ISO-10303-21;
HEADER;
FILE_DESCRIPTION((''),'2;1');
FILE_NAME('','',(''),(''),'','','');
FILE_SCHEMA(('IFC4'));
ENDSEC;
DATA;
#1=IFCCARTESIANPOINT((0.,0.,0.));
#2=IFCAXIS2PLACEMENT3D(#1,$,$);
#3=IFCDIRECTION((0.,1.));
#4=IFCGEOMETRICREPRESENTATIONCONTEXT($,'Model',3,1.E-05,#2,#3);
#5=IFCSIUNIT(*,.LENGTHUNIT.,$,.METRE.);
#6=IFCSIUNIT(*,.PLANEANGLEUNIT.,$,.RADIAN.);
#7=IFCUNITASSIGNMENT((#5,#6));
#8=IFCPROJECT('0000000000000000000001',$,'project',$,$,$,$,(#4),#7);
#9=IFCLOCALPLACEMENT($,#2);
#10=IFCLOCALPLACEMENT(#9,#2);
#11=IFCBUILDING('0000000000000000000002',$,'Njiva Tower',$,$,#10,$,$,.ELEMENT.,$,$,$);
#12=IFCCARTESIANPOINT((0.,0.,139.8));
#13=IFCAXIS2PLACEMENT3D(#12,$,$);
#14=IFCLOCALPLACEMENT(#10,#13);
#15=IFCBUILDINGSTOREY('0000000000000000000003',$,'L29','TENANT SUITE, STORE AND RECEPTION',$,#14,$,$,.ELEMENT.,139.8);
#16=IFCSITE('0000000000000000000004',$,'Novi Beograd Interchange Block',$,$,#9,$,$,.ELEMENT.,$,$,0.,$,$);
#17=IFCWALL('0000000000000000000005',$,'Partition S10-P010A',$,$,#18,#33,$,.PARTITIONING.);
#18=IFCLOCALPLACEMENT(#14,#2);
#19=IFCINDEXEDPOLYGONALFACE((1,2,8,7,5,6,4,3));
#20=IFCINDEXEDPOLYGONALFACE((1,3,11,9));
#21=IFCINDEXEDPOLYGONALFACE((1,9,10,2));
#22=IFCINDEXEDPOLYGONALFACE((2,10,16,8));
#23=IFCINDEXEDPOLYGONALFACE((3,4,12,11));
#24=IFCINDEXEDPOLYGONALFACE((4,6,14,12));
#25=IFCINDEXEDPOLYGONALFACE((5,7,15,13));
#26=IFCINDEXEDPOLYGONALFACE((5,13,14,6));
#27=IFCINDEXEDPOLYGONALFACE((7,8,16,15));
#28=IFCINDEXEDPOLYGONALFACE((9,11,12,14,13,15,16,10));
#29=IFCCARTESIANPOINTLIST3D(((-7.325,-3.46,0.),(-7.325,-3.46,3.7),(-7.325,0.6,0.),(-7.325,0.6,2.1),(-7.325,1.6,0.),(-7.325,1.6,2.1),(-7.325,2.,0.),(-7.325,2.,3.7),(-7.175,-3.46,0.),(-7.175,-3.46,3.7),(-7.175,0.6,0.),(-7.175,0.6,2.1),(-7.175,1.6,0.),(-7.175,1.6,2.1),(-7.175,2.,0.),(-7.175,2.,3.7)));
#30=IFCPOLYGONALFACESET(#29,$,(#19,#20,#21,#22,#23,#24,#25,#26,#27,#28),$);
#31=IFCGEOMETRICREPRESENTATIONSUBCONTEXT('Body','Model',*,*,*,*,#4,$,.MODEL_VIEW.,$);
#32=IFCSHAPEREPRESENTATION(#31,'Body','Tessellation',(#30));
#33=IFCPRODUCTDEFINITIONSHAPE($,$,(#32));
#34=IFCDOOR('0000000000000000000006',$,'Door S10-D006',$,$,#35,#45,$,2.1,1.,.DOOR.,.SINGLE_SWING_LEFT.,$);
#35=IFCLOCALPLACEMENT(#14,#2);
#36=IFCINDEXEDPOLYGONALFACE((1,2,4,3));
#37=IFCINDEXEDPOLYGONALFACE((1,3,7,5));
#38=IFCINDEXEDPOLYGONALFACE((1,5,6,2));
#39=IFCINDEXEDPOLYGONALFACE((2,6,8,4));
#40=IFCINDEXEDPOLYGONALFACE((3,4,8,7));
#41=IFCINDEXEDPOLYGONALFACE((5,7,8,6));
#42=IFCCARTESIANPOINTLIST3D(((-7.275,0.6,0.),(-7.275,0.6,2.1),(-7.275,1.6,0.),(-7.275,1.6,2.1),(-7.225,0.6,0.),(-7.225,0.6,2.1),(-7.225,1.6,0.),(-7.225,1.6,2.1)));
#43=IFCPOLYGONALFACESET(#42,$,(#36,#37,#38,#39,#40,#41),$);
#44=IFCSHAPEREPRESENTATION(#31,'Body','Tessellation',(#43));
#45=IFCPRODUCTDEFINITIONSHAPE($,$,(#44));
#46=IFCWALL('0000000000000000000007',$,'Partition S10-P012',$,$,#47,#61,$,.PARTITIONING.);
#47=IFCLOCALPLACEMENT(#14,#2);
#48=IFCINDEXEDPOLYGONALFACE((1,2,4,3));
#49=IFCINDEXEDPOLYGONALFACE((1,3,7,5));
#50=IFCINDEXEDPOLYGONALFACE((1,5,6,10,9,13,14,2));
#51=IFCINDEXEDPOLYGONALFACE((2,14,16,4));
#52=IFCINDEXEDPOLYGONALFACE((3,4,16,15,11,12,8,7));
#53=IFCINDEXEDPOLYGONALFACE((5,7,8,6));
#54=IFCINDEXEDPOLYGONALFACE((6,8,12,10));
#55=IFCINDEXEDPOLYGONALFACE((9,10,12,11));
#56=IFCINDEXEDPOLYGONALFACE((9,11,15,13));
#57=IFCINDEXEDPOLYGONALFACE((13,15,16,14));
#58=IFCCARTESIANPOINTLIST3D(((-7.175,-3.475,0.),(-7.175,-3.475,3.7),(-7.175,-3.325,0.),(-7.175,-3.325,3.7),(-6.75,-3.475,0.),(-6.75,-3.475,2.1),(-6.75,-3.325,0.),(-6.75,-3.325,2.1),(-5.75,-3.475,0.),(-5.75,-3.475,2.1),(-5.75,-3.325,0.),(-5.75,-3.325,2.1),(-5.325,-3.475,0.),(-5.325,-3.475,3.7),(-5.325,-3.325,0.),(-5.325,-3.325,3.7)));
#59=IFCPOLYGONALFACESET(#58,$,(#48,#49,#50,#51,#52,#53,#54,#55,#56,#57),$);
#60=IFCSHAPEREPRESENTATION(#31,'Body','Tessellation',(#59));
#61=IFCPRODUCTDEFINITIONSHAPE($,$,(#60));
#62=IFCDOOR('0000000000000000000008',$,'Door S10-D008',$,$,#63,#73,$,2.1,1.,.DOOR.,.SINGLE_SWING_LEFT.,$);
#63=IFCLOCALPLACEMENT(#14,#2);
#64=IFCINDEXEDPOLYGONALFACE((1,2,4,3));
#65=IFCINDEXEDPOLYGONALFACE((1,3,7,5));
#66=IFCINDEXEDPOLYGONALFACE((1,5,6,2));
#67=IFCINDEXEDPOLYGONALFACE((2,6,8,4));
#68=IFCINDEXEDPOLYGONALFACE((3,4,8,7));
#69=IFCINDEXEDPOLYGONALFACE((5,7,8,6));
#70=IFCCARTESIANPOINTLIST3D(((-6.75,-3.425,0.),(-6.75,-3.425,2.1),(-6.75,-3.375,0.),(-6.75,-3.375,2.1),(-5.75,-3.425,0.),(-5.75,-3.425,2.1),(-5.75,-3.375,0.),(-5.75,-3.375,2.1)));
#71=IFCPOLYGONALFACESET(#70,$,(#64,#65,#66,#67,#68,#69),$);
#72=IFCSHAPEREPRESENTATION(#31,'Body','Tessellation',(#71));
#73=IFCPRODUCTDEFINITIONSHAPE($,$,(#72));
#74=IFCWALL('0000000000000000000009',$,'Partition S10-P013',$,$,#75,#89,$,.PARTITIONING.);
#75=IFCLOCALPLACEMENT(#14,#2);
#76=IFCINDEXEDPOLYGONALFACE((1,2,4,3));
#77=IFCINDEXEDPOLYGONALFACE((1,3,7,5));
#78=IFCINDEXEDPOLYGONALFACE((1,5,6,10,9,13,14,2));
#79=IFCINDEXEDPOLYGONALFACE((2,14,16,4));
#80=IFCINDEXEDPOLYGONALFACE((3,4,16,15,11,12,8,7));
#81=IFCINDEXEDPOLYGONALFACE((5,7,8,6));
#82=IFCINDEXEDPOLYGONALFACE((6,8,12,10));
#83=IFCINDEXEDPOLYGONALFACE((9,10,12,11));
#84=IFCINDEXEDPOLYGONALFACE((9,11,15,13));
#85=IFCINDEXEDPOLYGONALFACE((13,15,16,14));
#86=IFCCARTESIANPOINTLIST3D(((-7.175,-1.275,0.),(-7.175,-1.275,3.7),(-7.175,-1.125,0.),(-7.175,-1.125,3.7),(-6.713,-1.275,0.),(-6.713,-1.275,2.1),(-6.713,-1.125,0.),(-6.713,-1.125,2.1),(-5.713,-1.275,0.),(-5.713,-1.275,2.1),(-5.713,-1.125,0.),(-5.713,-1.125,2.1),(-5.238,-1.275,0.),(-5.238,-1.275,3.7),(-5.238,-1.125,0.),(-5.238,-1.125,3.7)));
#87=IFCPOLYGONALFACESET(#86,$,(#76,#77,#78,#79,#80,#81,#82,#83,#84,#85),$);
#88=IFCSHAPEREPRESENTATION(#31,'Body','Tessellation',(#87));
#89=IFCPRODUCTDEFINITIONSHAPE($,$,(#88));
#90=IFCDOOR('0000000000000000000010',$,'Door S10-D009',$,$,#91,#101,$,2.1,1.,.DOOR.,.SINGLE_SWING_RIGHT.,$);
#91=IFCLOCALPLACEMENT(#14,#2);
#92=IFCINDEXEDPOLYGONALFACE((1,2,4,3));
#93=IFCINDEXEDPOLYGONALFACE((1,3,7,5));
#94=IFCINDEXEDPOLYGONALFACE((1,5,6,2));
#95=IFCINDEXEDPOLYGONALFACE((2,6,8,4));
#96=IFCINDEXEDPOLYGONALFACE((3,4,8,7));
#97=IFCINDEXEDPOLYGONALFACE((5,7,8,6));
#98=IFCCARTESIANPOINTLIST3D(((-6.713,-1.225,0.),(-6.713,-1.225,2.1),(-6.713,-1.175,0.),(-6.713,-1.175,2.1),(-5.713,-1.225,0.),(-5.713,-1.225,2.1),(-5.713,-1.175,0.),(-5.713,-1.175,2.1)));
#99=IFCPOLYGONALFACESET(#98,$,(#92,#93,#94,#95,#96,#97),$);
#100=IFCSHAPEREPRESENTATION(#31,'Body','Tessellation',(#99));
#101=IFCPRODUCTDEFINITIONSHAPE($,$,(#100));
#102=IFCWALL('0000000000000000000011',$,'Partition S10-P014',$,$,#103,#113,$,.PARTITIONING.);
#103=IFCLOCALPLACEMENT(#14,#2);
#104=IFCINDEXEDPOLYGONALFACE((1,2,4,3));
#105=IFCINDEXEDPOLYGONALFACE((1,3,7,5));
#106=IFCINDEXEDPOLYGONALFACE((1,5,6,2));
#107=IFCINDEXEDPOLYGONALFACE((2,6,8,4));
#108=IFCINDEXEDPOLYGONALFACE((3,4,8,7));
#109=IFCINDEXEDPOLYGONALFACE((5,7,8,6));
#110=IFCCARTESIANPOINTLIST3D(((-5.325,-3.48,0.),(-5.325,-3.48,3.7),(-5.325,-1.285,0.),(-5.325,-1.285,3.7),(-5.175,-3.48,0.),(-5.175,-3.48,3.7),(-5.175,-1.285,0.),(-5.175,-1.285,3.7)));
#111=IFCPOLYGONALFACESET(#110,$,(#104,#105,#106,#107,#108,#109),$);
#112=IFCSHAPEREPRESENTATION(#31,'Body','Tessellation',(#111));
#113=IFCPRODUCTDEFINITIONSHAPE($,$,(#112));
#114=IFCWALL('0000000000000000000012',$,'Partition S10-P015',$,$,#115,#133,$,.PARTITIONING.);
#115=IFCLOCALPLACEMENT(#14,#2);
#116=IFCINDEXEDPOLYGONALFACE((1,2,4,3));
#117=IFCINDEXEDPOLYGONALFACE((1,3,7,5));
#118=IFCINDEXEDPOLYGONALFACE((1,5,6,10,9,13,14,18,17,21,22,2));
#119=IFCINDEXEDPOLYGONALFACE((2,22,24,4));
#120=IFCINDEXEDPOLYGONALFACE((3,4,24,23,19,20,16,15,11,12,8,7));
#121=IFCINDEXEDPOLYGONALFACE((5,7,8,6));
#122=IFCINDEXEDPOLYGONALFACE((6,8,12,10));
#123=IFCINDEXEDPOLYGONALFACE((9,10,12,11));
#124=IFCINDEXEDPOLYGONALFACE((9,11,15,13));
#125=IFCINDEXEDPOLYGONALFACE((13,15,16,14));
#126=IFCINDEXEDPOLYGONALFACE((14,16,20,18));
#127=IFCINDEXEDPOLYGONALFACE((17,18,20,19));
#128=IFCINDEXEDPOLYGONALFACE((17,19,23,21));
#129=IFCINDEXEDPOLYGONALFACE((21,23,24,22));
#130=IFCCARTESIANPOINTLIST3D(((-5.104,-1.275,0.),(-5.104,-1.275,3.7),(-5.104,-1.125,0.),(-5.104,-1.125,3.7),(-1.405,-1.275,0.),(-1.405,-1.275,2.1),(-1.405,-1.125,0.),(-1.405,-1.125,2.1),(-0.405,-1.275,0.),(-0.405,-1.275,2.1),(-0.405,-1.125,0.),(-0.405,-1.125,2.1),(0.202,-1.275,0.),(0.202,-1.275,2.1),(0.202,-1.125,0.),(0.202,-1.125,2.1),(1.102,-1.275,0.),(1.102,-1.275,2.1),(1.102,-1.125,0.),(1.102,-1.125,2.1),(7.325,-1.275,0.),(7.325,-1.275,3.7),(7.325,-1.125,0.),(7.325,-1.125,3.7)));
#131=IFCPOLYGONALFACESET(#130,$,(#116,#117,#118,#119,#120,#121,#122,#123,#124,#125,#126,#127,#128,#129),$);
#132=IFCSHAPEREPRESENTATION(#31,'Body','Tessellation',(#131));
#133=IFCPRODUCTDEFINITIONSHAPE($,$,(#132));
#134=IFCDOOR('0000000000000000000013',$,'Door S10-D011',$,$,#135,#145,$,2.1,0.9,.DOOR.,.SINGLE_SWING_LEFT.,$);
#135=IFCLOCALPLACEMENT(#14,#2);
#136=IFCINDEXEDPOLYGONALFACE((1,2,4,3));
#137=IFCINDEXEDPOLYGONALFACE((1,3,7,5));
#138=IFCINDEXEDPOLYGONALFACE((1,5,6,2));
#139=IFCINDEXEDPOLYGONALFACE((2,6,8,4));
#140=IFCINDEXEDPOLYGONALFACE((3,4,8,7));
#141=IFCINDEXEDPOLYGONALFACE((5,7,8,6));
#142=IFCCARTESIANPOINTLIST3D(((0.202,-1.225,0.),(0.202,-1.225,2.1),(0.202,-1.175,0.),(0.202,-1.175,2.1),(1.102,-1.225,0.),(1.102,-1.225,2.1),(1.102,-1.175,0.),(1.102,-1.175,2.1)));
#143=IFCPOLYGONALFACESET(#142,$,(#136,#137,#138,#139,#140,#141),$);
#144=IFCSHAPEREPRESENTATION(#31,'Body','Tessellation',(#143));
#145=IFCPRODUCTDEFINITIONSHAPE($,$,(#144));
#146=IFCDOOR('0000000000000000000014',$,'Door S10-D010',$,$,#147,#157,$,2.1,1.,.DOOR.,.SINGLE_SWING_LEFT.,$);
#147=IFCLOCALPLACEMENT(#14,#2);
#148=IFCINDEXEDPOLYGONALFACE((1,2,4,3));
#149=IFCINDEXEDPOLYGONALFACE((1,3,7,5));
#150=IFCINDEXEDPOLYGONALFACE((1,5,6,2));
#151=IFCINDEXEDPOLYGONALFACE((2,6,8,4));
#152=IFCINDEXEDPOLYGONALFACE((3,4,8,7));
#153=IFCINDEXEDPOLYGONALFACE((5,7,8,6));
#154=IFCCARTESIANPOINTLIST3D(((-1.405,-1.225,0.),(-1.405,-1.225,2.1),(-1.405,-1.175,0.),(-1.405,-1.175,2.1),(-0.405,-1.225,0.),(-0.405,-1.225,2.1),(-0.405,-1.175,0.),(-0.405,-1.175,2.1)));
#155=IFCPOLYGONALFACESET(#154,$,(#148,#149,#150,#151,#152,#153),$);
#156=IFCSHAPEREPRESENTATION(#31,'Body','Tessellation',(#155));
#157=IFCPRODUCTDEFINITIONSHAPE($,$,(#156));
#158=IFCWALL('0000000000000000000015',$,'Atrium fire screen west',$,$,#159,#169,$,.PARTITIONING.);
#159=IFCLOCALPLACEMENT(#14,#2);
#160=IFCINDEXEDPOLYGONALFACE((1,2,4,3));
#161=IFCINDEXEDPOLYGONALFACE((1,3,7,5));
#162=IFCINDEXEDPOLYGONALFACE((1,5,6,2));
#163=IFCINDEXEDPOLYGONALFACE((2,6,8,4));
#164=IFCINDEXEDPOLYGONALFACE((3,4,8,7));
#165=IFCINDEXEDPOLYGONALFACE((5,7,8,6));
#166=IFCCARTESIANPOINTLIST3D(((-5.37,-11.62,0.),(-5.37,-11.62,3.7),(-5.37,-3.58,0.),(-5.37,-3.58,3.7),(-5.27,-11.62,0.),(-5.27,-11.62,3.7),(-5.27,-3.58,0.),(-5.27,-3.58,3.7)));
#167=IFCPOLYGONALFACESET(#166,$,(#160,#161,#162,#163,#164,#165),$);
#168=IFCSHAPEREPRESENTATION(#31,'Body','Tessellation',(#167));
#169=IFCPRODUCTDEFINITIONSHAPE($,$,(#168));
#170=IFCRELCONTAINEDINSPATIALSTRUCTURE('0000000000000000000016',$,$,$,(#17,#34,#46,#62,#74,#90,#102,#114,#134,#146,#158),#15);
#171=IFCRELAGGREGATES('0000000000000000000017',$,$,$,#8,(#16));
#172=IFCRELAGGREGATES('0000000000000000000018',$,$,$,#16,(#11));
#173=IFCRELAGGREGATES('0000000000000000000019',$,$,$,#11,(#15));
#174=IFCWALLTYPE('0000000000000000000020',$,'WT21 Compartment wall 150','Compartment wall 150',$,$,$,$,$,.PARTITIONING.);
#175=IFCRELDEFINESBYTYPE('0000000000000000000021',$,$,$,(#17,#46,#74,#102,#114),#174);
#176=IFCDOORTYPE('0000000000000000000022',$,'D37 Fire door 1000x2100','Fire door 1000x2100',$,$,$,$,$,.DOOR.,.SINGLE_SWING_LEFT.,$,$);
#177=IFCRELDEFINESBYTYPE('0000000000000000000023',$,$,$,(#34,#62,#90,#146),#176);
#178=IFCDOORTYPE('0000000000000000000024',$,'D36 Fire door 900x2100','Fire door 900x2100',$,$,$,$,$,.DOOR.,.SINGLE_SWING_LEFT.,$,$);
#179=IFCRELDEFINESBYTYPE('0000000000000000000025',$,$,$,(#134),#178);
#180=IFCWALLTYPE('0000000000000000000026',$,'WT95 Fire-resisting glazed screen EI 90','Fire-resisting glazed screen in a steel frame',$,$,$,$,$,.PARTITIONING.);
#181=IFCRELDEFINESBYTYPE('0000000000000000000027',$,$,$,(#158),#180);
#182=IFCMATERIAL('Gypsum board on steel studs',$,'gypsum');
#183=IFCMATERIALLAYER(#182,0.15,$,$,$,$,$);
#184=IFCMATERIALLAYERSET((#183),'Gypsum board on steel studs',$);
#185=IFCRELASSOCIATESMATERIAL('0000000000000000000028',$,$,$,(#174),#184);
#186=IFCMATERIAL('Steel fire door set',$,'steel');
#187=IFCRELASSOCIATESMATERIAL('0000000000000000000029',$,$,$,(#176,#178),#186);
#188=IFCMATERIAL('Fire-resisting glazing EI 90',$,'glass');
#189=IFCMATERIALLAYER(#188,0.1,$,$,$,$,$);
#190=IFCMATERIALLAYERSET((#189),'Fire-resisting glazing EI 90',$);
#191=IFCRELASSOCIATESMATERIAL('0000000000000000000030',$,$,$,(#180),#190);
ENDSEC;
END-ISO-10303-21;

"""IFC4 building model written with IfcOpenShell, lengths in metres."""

from ifc_helpers import new_model, si_unit, direction, frame, frame_2d, origin, place, context, subcontext, project, spatial, rectangle, extrude, material, layer, layer_set, type_object, element, fill, save


model = new_model("IFC4")

# Units and contexts
model_context = context("Model", 3, precision=1e-05, world=origin(), true_north=direction((0.0, 1.0)))
body_context = subcontext(model_context, "Body", "Model", "MODEL_VIEW")
ifc_project = project(units=[si_unit("LENGTHUNIT", "METRE"), si_unit("PLANEANGLEUNIT", "RADIAN")], contexts=[model_context])

# Site, building, storey
site_placement = place(None, origin())
site = spatial("IfcSite", under=ifc_project, at=site_placement, Name="Novi Beograd Interchange Block", CompositionType="ELEMENT", RefElevation=0.0)
building_placement = place(site_placement, origin())
building = spatial("IfcBuilding", under=site, at=building_placement, Name="Njiva Tower", CompositionType="ELEMENT")
storey_placement = place(building_placement, frame((0.0, 0.0, 139.8)))
storey = spatial("IfcBuildingStorey", under=building, at=storey_placement, Name="L29", Description="TENANT SUITE, STORE AND RECEPTION", CompositionType="ELEMENT", Elevation=139.8)

# Walls, openings, doors
ifc_material_1 = material(Name="Gypsum board on steel studs", Category="gypsum")
ifc_layer_1 = layer(ifc_material_1, 0.15)
ifc_layer_set_1 = layer_set([ifc_layer_1], Name="Gypsum board on steel studs")
wall_type_1 = type_object("IfcWallType", Name="WT21 Compartment wall 150", Description="Compartment wall 150", PredefinedType="PARTITIONING", material=ifc_layer_set_1)
ifc_material_2 = material(Name="Steel fire door set", Category="steel")
door_type_1 = type_object("IfcDoorType", Name="D37 Fire door 1000x2100", Description="Fire door 1000x2100", OperationType="SINGLE_SWING_LEFT", PredefinedType="DOOR", material=ifc_material_2)
wall_1_placement = place(storey_placement, frame((-7.25, -3.46, 0.0), z_axis=(0.0, 0.0, 1.0), x_axis=(0.0, 1.0, 0.0)))
wall_1 = element("IfcWall", 1, at=wall_1_placement, inside=storey, type_object=wall_type_1, Name="Partition S10-P010A", PredefinedType="PARTITIONING", context=body_context, shape_type="SweptSolid", body=[
    extrude(rectangle(XDim=5.46, YDim=0.15, at=frame_2d((2.73, 0.0))), origin(), (0.0, 0.0, 1.0), 3.7),
])
opening_1_placement = place(wall_1_placement, frame((4.06, 0.0, 0.0)))
opening_1 = element("IfcOpeningElement", 2, at=opening_1_placement, cuts=wall_1, PredefinedType="OPENING", context=body_context, shape_type="SweptSolid", body=[
    extrude(rectangle(XDim=1.0, YDim=2.1, at=frame_2d((0.5, 1.05))), frame((0.0, 0.085, 0.0), z_axis=(0.0, -1.0, 0.0), x_axis=(1.0, 0.0, 0.0)), (0.0, 0.0, 1.0), 0.17),
])
door_1_placement = place(opening_1_placement, origin())
door_1 = element("IfcDoor", 3, at=door_1_placement, inside=storey, type_object=door_type_1, Name="Door S10-D006", OperationType="SINGLE_SWING_LEFT", OverallHeight=2.1, OverallWidth=1.0, PredefinedType="DOOR", context=body_context, shape_type="SweptSolid", body=[
    extrude(rectangle(XDim=1.0, YDim=2.1, at=frame_2d((0.5, 1.05))), frame((0.0, 0.025, 0.0), z_axis=(0.0, -1.0, 0.0), x_axis=(1.0, 0.0, 0.0)), (0.0, 0.0, 1.0), 0.05),
])
fill(opening_1, door_1)
wall_2_placement = place(storey_placement, frame((-7.175, -3.4, 0.0), z_axis=(0.0, 0.0, 1.0), x_axis=(1.0, 0.0, 0.0)))
wall_2 = element("IfcWall", 4, at=wall_2_placement, inside=storey, type_object=wall_type_1, Name="Partition S10-P012", PredefinedType="PARTITIONING", context=body_context, shape_type="SweptSolid", body=[
    extrude(rectangle(XDim=1.85, YDim=0.15, at=frame_2d((0.925, 0.0))), origin(), (0.0, 0.0, 1.0), 3.7),
])
opening_2_placement = place(wall_2_placement, frame((0.425, 0.0, 0.0)))
opening_2 = element("IfcOpeningElement", 5, at=opening_2_placement, cuts=wall_2, PredefinedType="OPENING", context=body_context, shape_type="SweptSolid", body=[
    extrude(rectangle(XDim=1.0, YDim=2.1, at=frame_2d((0.5, 1.05))), frame((0.0, 0.085, 0.0), z_axis=(0.0, -1.0, 0.0), x_axis=(1.0, 0.0, 0.0)), (0.0, 0.0, 1.0), 0.17),
])
door_2_placement = place(opening_2_placement, origin())
door_2 = element("IfcDoor", 6, at=door_2_placement, inside=storey, type_object=door_type_1, Name="Door S10-D008", OperationType="SINGLE_SWING_LEFT", OverallHeight=2.1, OverallWidth=1.0, PredefinedType="DOOR", context=body_context, shape_type="SweptSolid", body=[
    extrude(rectangle(XDim=1.0, YDim=2.1, at=frame_2d((0.5, 1.05))), frame((0.0, 0.025, 0.0), z_axis=(0.0, -1.0, 0.0), x_axis=(1.0, 0.0, 0.0)), (0.0, 0.0, 1.0), 0.05),
])
fill(opening_2, door_2)
wall_3_placement = place(storey_placement, frame((-7.175, -1.2, 0.0), z_axis=(0.0, 0.0, 1.0), x_axis=(1.0, 0.0, 0.0)))
wall_3 = element("IfcWall", 7, at=wall_3_placement, inside=storey, type_object=wall_type_1, Name="Partition S10-P013", PredefinedType="PARTITIONING", context=body_context, shape_type="SweptSolid", body=[
    extrude(rectangle(XDim=1.937, YDim=0.15, at=frame_2d((0.9685, 0.0))), origin(), (0.0, 0.0, 1.0), 3.7),
])
opening_3_placement = place(wall_3_placement, frame((0.462, 0.0, 0.0)))
opening_3 = element("IfcOpeningElement", 8, at=opening_3_placement, cuts=wall_3, PredefinedType="OPENING", context=body_context, shape_type="SweptSolid", body=[
    extrude(rectangle(XDim=1.0, YDim=2.1, at=frame_2d((0.5, 1.05))), frame((0.0, 0.085, 0.0), z_axis=(0.0, -1.0, 0.0), x_axis=(1.0, 0.0, 0.0)), (0.0, 0.0, 1.0), 0.17),
])
door_3_placement = place(opening_3_placement, origin())
door_3 = element("IfcDoor", 9, at=door_3_placement, inside=storey, type_object=door_type_1, Name="Door S10-D009", OperationType="SINGLE_SWING_RIGHT", OverallHeight=2.1, OverallWidth=1.0, PredefinedType="DOOR", context=body_context, shape_type="SweptSolid", body=[
    extrude(rectangle(XDim=1.0, YDim=2.1, at=frame_2d((0.5, 1.05))), frame((0.0, 0.025, 0.0), z_axis=(0.0, -1.0, 0.0), x_axis=(1.0, 0.0, 0.0)), (0.0, 0.0, 1.0), 0.05),
])
fill(opening_3, door_3)

# Wall
wall_4_placement = place(storey_placement, frame((-5.25, -3.48, 0.0), z_axis=(0.0, 0.0, 1.0), x_axis=(0.0, 1.0, 0.0)))
element("IfcWall", 10, at=wall_4_placement, inside=storey, type_object=wall_type_1, Name="Partition S10-P014", PredefinedType="PARTITIONING", context=body_context, shape_type="SweptSolid", body=[
    extrude(rectangle(XDim=2.195, YDim=0.15, at=frame_2d((1.0975, 0.0))), origin(), (0.0, 0.0, 1.0), 3.7),
])

# Wall, openings, doors
wall_5_placement = place(storey_placement, frame((-5.104, -1.2, 0.0), z_axis=(0.0, 0.0, 1.0), x_axis=(1.0, 0.0, 0.0)))
wall_5 = element("IfcWall", 11, at=wall_5_placement, inside=storey, type_object=wall_type_1, Name="Partition S10-P015", PredefinedType="PARTITIONING", context=body_context, shape_type="SweptSolid", body=[
    extrude(rectangle(XDim=12.429, YDim=0.15, at=frame_2d((6.2145, 0.0))), origin(), (0.0, 0.0, 1.0), 3.7),
])
opening_4_placement = place(wall_5_placement, frame((3.699, 0.0, 0.0)))
opening_4 = element("IfcOpeningElement", 12, at=opening_4_placement, cuts=wall_5, PredefinedType="OPENING", context=body_context, shape_type="SweptSolid", body=[
    extrude(rectangle(XDim=1.0, YDim=2.1, at=frame_2d((0.5, 1.05))), frame((0.0, 0.085, 0.0), z_axis=(0.0, -1.0, 0.0), x_axis=(1.0, 0.0, 0.0)), (0.0, 0.0, 1.0), 0.17),
])
opening_5_placement = place(wall_5_placement, frame((5.306, 0.0, 0.0)))
opening_5 = element("IfcOpeningElement", 13, at=opening_5_placement, cuts=wall_5, PredefinedType="OPENING", context=body_context, shape_type="SweptSolid", body=[
    extrude(rectangle(XDim=0.9, YDim=2.1, at=frame_2d((0.45, 1.05))), frame((0.0, 0.085, 0.0), z_axis=(0.0, -1.0, 0.0), x_axis=(1.0, 0.0, 0.0)), (0.0, 0.0, 1.0), 0.17),
])
door_type_2 = type_object("IfcDoorType", Name="D36 Fire door 900x2100", Description="Fire door 900x2100", OperationType="SINGLE_SWING_LEFT", PredefinedType="DOOR", material=ifc_material_2)
door_4_placement = place(opening_5_placement, origin())
door_4 = element("IfcDoor", 14, at=door_4_placement, inside=storey, type_object=door_type_2, Name="Door S10-D011", OperationType="SINGLE_SWING_LEFT", OverallHeight=2.1, OverallWidth=0.9, PredefinedType="DOOR", context=body_context, shape_type="SweptSolid", body=[
    extrude(rectangle(XDim=0.9, YDim=2.1, at=frame_2d((0.45, 1.05))), frame((0.0, 0.025, 0.0), z_axis=(0.0, -1.0, 0.0), x_axis=(1.0, 0.0, 0.0)), (0.0, 0.0, 1.0), 0.05),
])
fill(opening_5, door_4)
door_5_placement = place(opening_4_placement, origin())
door_5 = element("IfcDoor", 15, at=door_5_placement, inside=storey, type_object=door_type_1, Name="Door S10-D010", OperationType="SINGLE_SWING_LEFT", OverallHeight=2.1, OverallWidth=1.0, PredefinedType="DOOR", context=body_context, shape_type="SweptSolid", body=[
    extrude(rectangle(XDim=1.0, YDim=2.1, at=frame_2d((0.5, 1.05))), frame((0.0, 0.025, 0.0), z_axis=(0.0, -1.0, 0.0), x_axis=(1.0, 0.0, 0.0)), (0.0, 0.0, 1.0), 0.05),
])
fill(opening_4, door_5)

# Wall
ifc_material_3 = material(Name="Fire-resisting glazing EI 90", Category="glass")
ifc_layer_2 = layer(ifc_material_3, 0.1)
ifc_layer_set_2 = layer_set([ifc_layer_2], Name="Fire-resisting glazing EI 90")
wall_type_2 = type_object("IfcWallType", Name="WT95 Fire-resisting glazed screen EI 90", Description="Fire-resisting glazed screen in a steel frame", PredefinedType="PARTITIONING", material=ifc_layer_set_2)
wall_6_placement = place(storey_placement, frame((-5.32, -3.58, 0.0), z_axis=(0.0, 0.0, 1.0), x_axis=(0.0, -1.0, 0.0)))
element("IfcWall", 16, at=wall_6_placement, inside=storey, type_object=wall_type_2, Name="Atrium fire screen west", PredefinedType="PARTITIONING", context=body_context, shape_type="SweptSolid", body=[
    extrude(rectangle(XDim=8.04, YDim=0.1, at=frame_2d((4.02, 0.0))), origin(), (0.0, 0.0, 1.0), 3.7),
])

save(model, "model.ifc")
